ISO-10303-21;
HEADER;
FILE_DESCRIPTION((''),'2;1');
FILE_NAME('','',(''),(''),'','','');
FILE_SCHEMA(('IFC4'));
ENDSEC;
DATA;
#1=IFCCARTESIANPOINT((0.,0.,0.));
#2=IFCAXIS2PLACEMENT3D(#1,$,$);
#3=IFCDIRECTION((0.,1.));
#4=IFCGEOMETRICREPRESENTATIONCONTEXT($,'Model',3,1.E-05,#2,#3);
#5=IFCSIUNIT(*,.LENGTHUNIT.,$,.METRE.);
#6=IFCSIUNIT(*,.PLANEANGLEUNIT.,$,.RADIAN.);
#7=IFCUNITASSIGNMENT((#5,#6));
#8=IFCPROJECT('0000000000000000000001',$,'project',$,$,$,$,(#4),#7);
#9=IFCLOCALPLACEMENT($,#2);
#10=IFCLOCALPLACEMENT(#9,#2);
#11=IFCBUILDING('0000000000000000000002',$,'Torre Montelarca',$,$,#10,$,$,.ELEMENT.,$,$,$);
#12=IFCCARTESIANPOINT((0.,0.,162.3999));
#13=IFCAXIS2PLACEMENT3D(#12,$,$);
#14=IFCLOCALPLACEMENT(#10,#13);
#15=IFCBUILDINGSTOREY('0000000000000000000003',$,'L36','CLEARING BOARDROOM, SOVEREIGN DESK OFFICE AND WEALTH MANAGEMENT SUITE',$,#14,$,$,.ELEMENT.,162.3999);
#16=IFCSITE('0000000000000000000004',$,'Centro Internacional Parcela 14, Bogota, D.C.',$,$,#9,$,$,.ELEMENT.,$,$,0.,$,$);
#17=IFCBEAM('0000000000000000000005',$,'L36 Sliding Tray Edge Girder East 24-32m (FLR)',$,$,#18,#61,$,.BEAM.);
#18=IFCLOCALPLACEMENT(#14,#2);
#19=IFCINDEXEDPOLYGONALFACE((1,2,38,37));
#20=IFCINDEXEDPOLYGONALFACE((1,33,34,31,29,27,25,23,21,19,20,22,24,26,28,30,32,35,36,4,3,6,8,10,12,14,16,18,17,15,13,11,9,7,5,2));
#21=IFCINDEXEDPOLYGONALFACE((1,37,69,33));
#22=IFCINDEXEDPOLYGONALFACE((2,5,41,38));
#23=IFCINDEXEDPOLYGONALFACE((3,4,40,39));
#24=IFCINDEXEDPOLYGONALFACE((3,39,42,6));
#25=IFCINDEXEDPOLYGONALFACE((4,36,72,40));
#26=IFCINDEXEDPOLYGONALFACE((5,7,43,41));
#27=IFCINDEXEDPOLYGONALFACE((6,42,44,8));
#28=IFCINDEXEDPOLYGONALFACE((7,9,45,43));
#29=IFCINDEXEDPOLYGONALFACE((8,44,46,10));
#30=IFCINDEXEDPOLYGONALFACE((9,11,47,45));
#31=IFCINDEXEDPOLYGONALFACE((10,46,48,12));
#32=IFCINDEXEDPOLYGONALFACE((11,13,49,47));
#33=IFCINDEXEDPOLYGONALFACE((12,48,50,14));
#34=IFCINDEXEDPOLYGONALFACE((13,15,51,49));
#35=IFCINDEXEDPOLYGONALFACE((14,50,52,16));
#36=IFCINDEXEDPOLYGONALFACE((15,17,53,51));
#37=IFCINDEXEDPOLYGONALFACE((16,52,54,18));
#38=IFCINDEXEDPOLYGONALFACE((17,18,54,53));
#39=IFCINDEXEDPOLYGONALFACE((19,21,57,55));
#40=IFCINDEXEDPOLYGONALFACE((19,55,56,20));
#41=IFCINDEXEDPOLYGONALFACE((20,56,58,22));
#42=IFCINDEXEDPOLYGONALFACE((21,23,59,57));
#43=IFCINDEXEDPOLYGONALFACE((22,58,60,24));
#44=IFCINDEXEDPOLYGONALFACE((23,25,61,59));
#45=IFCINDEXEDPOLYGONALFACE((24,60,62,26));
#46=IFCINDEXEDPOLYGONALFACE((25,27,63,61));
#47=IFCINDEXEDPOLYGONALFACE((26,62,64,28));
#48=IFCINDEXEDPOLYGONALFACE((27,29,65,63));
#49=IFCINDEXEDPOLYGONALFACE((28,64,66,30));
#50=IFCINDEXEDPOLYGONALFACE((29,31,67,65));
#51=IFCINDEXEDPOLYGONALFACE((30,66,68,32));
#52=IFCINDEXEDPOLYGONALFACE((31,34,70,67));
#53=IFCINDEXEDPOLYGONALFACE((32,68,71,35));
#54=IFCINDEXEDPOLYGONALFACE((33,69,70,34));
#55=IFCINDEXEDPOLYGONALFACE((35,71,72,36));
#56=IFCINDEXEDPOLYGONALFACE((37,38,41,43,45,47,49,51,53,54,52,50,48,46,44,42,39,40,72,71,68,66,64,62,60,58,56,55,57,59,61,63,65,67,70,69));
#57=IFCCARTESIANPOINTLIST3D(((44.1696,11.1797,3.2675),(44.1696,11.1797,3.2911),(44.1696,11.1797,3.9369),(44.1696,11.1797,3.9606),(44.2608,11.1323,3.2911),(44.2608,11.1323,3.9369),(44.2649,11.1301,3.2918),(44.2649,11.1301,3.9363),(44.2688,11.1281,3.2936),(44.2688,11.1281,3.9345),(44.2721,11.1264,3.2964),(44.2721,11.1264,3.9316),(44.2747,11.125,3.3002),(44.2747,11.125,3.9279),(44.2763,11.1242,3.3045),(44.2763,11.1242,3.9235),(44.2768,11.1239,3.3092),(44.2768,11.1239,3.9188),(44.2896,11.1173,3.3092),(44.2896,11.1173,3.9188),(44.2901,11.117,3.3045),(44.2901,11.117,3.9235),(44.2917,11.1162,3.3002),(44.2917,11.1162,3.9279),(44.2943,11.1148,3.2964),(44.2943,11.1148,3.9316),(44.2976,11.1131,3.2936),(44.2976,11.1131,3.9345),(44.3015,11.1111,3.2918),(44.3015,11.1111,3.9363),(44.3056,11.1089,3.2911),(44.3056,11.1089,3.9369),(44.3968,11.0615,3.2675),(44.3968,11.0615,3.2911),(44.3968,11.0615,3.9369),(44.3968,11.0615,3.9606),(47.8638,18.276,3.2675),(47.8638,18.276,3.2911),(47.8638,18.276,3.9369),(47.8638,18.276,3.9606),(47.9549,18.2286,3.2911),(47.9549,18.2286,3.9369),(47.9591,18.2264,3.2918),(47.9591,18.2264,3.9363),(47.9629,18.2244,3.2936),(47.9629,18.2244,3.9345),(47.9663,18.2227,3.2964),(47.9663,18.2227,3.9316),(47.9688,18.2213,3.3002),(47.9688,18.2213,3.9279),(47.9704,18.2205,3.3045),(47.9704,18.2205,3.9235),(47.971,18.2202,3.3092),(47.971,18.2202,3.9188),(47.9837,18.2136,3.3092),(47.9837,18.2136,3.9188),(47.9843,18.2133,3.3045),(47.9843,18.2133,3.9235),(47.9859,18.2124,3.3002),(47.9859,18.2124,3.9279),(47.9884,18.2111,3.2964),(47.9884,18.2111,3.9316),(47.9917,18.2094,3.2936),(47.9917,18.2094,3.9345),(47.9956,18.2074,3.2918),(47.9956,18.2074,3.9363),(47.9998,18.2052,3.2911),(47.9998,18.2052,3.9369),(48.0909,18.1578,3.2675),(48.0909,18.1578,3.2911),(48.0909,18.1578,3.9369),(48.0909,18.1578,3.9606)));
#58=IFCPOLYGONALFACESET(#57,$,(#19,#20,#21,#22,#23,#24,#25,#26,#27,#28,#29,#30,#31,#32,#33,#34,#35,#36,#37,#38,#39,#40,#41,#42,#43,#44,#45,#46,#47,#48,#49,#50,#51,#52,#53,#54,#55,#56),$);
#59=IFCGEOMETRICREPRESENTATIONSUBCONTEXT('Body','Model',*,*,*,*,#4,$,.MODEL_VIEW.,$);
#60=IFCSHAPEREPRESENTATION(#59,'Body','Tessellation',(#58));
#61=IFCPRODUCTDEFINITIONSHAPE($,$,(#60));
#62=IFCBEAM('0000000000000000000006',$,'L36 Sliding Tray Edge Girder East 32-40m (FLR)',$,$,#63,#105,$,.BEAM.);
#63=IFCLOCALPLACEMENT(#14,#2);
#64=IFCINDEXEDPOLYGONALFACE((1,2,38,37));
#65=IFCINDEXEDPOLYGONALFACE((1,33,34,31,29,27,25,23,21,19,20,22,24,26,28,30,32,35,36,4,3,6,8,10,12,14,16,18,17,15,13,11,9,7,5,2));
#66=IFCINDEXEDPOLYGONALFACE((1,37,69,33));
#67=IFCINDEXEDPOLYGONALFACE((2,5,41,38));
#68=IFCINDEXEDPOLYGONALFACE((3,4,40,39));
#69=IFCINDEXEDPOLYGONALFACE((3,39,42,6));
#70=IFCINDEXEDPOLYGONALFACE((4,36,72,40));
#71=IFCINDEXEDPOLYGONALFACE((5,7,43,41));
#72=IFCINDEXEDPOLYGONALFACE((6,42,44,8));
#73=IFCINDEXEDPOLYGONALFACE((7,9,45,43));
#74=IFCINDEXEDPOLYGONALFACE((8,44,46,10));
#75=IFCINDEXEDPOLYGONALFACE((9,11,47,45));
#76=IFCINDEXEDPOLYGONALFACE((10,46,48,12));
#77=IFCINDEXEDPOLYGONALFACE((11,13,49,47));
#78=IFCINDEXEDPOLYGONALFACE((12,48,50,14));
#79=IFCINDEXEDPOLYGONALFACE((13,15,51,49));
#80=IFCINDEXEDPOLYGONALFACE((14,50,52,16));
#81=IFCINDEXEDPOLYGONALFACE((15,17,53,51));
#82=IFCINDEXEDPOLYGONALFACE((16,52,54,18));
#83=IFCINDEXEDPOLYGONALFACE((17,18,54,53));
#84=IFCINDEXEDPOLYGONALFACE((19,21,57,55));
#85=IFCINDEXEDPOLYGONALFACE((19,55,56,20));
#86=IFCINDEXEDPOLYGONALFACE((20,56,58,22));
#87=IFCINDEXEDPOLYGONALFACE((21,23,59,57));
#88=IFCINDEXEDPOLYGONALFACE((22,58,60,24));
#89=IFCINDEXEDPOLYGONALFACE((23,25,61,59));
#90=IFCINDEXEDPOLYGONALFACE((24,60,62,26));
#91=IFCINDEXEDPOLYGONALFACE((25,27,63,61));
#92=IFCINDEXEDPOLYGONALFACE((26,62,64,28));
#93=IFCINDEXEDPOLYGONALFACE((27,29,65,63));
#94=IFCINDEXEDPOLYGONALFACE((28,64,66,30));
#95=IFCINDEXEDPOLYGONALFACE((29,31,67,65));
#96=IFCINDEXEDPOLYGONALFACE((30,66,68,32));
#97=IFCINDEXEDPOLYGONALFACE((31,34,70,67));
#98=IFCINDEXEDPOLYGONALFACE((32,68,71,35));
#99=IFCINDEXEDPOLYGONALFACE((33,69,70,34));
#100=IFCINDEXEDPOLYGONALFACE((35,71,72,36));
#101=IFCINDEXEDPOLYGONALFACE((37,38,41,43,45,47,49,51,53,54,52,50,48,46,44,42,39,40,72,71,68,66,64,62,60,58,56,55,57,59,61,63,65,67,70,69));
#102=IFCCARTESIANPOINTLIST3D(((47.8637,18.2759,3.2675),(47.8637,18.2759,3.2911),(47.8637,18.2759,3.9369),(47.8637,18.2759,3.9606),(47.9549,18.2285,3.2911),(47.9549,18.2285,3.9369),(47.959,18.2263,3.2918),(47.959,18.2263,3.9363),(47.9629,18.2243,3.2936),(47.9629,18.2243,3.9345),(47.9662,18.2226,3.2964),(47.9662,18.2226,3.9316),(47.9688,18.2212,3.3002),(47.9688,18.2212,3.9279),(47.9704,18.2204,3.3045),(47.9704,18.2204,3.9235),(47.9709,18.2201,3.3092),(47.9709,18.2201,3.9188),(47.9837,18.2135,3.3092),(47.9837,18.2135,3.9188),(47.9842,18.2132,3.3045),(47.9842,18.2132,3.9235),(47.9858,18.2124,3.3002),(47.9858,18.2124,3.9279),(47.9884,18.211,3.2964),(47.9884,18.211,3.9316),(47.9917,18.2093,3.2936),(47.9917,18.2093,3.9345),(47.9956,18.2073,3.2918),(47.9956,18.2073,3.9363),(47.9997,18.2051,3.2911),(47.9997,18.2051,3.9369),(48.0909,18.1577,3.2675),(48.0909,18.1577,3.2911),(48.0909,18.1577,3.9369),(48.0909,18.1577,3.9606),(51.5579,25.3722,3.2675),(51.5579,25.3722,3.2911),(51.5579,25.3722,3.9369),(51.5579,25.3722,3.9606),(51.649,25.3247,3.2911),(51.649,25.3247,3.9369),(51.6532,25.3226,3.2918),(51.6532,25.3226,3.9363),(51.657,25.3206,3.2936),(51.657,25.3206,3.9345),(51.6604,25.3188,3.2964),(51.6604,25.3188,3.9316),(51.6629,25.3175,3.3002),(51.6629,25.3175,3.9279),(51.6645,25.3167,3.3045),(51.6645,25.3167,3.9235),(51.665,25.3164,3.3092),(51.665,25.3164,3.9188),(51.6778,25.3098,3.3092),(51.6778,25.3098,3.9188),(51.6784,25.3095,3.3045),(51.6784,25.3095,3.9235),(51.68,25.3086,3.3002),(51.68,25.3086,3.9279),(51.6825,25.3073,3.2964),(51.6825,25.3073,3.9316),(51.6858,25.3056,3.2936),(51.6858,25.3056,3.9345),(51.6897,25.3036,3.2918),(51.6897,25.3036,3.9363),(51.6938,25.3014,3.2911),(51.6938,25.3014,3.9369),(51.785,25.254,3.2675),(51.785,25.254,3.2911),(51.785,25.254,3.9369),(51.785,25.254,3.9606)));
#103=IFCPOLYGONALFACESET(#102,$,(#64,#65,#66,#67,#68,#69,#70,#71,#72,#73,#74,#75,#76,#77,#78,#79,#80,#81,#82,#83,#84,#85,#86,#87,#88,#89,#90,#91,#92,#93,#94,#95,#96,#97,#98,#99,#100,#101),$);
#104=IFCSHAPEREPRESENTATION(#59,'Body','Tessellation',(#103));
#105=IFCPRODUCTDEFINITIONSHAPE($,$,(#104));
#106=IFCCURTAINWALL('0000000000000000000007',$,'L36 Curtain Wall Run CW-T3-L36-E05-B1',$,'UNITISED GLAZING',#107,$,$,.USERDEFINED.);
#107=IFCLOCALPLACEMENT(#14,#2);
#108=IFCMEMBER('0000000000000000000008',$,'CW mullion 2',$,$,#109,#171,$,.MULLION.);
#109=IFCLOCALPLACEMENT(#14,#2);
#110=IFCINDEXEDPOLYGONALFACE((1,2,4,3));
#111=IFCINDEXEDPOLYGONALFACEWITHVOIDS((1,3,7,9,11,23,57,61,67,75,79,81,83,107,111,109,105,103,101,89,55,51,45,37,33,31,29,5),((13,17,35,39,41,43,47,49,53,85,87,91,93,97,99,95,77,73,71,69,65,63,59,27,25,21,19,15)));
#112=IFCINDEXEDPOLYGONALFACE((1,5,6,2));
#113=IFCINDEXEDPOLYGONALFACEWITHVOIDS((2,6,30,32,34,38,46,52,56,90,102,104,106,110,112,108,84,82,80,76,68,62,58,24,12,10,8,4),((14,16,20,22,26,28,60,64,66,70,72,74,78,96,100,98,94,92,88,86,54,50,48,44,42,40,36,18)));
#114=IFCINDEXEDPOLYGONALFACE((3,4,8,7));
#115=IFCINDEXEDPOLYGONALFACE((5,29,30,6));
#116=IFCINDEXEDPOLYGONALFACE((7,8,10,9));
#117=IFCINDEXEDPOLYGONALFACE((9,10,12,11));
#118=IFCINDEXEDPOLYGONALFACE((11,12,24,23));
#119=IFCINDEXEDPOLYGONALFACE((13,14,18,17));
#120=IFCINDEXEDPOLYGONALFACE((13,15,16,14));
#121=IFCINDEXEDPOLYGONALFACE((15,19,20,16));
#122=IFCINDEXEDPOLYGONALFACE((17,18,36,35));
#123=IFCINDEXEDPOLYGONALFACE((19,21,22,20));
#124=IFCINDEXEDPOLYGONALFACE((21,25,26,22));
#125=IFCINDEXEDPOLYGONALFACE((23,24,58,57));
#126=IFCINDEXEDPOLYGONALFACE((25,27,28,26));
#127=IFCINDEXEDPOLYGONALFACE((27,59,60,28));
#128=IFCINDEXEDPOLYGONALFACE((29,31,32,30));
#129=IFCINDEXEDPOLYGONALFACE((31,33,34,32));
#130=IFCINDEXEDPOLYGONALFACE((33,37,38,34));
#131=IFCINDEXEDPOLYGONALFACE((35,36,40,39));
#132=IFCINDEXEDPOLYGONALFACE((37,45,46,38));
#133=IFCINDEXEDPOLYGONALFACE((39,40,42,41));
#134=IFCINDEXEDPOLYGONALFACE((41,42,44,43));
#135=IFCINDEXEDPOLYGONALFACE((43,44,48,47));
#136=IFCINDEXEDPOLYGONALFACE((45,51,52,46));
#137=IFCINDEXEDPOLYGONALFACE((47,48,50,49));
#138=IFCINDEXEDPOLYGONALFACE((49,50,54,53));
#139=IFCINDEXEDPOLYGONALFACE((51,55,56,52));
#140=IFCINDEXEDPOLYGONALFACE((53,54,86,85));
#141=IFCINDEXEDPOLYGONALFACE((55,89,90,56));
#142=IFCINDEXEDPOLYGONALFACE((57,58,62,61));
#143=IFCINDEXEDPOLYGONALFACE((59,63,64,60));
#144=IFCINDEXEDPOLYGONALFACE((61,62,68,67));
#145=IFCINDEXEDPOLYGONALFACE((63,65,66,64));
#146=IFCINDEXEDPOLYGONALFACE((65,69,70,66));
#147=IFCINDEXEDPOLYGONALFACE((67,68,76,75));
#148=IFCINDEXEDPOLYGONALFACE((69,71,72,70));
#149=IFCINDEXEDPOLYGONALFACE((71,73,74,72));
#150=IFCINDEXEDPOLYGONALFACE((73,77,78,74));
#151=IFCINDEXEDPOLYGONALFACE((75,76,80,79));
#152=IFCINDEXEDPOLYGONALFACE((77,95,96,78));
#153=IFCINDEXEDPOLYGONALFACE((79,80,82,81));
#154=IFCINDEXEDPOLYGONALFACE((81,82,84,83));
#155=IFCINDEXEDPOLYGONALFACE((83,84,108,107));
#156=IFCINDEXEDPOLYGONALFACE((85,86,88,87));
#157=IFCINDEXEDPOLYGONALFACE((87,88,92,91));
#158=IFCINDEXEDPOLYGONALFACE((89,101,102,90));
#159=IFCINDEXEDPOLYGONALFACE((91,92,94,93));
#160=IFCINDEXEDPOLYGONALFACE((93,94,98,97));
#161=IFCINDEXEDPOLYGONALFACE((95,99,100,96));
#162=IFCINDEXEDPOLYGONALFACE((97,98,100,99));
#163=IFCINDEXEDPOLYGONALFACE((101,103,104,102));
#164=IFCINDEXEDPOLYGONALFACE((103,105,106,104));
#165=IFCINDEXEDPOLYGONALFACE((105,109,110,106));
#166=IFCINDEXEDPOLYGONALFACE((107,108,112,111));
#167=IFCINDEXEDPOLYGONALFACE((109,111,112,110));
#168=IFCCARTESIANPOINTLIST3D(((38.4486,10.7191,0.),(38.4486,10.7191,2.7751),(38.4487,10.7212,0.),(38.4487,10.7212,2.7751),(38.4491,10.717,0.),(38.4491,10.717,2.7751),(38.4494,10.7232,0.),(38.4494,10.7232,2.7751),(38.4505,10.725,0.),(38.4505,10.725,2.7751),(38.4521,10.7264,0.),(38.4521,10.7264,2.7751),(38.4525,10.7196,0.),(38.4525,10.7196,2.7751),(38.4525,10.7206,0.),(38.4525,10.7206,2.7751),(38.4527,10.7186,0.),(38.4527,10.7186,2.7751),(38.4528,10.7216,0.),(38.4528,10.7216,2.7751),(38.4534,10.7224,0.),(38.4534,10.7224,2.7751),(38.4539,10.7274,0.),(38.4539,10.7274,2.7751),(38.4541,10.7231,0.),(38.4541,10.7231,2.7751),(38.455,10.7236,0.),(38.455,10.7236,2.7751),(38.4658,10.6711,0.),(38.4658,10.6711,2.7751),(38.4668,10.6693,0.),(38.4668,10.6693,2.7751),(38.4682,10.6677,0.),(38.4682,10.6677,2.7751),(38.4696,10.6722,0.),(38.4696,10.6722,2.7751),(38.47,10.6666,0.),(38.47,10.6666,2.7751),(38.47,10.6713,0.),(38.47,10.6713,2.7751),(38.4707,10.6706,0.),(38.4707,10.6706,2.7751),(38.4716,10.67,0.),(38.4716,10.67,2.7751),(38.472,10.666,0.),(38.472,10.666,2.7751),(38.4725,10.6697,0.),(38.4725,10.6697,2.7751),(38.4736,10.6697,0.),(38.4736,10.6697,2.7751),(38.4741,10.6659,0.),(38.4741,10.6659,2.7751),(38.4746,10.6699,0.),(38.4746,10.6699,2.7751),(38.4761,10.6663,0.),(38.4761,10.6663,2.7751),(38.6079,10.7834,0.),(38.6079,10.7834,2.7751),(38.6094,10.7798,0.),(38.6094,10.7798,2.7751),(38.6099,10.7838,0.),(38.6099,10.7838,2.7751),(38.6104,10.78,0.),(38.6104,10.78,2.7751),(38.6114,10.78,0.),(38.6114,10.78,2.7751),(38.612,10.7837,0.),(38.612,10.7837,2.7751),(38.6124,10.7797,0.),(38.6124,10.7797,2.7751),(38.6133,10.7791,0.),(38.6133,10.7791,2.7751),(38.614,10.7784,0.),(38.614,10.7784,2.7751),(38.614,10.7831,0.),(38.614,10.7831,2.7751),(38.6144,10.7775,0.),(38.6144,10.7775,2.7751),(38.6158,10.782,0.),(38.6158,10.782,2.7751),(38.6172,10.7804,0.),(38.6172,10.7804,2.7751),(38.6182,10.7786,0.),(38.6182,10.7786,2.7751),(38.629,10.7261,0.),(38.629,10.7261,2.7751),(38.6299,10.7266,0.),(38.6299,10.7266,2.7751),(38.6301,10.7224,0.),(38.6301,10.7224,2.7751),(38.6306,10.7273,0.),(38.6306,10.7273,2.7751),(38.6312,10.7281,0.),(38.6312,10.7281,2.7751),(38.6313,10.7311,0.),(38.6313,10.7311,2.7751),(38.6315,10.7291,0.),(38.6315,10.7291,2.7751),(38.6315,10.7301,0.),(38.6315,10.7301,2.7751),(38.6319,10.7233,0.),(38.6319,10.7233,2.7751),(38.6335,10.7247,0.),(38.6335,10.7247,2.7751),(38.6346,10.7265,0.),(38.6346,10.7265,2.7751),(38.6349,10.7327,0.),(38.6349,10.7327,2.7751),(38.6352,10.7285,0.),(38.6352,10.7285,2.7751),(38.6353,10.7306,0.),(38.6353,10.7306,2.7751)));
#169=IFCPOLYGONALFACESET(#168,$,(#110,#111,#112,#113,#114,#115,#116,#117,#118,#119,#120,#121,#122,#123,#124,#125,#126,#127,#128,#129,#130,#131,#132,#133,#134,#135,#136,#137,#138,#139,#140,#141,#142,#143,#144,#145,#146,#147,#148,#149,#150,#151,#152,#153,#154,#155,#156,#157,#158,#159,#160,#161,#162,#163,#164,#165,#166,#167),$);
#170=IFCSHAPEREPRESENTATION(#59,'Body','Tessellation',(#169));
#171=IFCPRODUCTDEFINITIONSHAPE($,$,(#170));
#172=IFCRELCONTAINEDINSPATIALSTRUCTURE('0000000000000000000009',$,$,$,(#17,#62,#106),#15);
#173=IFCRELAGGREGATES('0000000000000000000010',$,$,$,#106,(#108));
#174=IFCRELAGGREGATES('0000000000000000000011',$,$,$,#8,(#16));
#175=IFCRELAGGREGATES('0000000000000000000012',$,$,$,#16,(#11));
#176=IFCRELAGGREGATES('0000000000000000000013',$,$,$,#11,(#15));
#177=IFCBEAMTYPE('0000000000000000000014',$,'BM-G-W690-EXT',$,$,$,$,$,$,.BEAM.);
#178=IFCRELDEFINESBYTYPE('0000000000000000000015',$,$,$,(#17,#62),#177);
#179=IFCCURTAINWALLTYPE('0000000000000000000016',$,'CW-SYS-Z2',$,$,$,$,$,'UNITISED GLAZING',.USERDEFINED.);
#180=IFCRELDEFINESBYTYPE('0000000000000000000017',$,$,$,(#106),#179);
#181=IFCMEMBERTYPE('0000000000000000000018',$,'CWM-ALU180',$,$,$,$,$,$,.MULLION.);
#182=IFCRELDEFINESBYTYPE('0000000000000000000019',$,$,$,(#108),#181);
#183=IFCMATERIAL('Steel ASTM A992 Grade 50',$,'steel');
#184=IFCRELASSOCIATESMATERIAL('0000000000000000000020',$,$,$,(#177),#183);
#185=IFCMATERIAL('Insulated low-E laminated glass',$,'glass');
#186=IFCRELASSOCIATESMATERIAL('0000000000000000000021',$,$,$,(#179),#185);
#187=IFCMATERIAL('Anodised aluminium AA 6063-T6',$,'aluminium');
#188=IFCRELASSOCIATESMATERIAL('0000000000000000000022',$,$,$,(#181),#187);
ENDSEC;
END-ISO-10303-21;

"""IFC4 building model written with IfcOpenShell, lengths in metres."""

from ifc_helpers import new_model, si_unit, direction, frame, origin, origin_2d, place, context, subcontext, project, spatial, hollow_rectangle, i_section, extrude, source, transform, mapped, material, material_profile, profile_set, type_object, element, aggregate, save


model = new_model("IFC4")

# Units and contexts
model_context = context("Model", 3, precision=1e-05, world=origin(), true_north=direction((0.0, 1.0)))
body_context = subcontext(model_context, "Body", "Model", "MODEL_VIEW")
ifc_project = project(units=[si_unit("LENGTHUNIT", "METRE"), si_unit("PLANEANGLEUNIT", "RADIAN")], contexts=[model_context])

# Site, building, storey
site_placement = place(None, origin())
site = spatial("IfcSite", under=ifc_project, at=site_placement, Name="Centro Internacional Parcela 14, Bogota, D.C.", CompositionType="ELEMENT", RefElevation=0.0)
building_placement = place(site_placement, origin())
building = spatial("IfcBuilding", under=site, at=building_placement, Name="Torre Montelarca", CompositionType="ELEMENT")
storey_placement = place(building_placement, frame((0.0, 0.0, 162.3999)))
storey = spatial("IfcBuildingStorey", under=building, at=storey_placement, Name="L36", Description="CLEARING BOARDROOM, SOVEREIGN DESK OFFICE AND WEALTH MANAGEMENT SUITE", CompositionType="ELEMENT", Elevation=162.3999)

# Beams
ifc_material_1 = material(Name="Steel ASTM A992 Grade 50", Category="steel")
ifc_material_profile_1 = material_profile(ifc_material_1, i_section(OverallWidth=0.2561, OverallDepth=0.6931, WebThickness=0.0144, FlangeThickness=0.0237, FilletRadius=0.0181, at=origin_2d()), Name="W690X170", Category="steel")
ifc_profile_set_1 = profile_set([ifc_material_profile_1], Name="Steel ASTM A992 Grade 50")
beam_type_1 = type_object("IfcBeamType", Name="BM-G-W690-EXT", PredefinedType="BEAM", material=ifc_profile_set_1)
shared_shape_1 = source(origin(), body_context, "Body", "SweptSolid", [
    extrude(i_section(OverallWidth=0.2561, OverallDepth=0.6931, WebThickness=0.0144, FlangeThickness=0.0237, FilletRadius=0.0181, at=origin_2d()), origin(), (0.0, 0.0, 1.0), 8.0002),
])
for number, where, z_axis, x_axis, name in (
    (1, (44.2832, 11.1206, 3.614), (0.461753, 0.887008, 0.0), (-0.887008, 0.461753, 0.0), "L36 Sliding Tray Edge Girder East 24-32m (FLR)"),
    (2, (47.9773, 18.2168, 3.614), (0.461753, 0.887008, 0.0), (-0.887008, 0.461753, 0.0), "L36 Sliding Tray Edge Girder East 32-40m (FLR)"),
):
    element("IfcBeam", number, at=place(storey_placement, frame(where, z_axis=z_axis, x_axis=x_axis)), inside=storey, type_object=beam_type_1, Name=name, PredefinedType="BEAM", context=body_context, shape_type="MappedRepresentation", body=[
        mapped(shared_shape_1, transform((0.0, 0.0, 0.0), scale=1.0)),
    ])

# Curtain wall, member
ifc_material_2 = material(Name="Insulated low-E laminated glass", Category="glass")
curtain_wall_type = type_object("IfcCurtainWallType", Name="CW-SYS-Z2", ElementType="UNITISED GLAZING", PredefinedType="USERDEFINED", material=ifc_material_2)
curtain_wall_1_placement = place(storey_placement, origin())
curtain_wall_1 = element("IfcCurtainWall", 3, at=curtain_wall_1_placement, inside=storey, type_object=curtain_wall_type, Name="L36 Curtain Wall Run CW-T3-L36-E05-B1", ObjectType="UNITISED GLAZING", PredefinedType="USERDEFINED")
ifc_material_3 = material(Name="Anodised aluminium AA 6063-T6", Category="aluminium")
ifc_material_profile_2 = material_profile(ifc_material_3, hollow_rectangle(XDim=0.0649, YDim=0.1799, WallThickness=0.0039, InnerFilletRadius=0.0039, OuterFilletRadius=0.0081, at=origin_2d()), Name="ALU65X180X4", Category="aluminium")
ifc_profile_set_2 = profile_set([ifc_material_profile_2], Name="Anodised aluminium AA 6063-T6")
member_type_1 = type_object("IfcMemberType", Name="CWM-ALU180", PredefinedType="MULLION", material=ifc_profile_set_2)
shared_shape_2 = source(origin(), body_context, "Body", "SweptSolid", [
    extrude(hollow_rectangle(XDim=0.0649, YDim=0.1799, WallThickness=0.0039, InnerFilletRadius=0.0039, OuterFilletRadius=0.0081, at=origin_2d()), origin(), (0.0, 0.0, 1.0), 2.7751),
])
member_1_placement = place(storey_placement, frame((38.542, 10.7249, 0.0), z_axis=(0.0, 0.0, 1.0), x_axis=(-0.342015, 0.939694, 0.0)))
member_1 = element("IfcMember", 4, at=member_1_placement, type_object=member_type_1, Name="CW mullion 2", PredefinedType="MULLION", context=body_context, shape_type="MappedRepresentation", body=[
    mapped(shared_shape_2, transform((0.0, 0.0, 0.0), scale=1.0)),
])

aggregate(curtain_wall_1, [member_1])

save(model, "model.ifc")
